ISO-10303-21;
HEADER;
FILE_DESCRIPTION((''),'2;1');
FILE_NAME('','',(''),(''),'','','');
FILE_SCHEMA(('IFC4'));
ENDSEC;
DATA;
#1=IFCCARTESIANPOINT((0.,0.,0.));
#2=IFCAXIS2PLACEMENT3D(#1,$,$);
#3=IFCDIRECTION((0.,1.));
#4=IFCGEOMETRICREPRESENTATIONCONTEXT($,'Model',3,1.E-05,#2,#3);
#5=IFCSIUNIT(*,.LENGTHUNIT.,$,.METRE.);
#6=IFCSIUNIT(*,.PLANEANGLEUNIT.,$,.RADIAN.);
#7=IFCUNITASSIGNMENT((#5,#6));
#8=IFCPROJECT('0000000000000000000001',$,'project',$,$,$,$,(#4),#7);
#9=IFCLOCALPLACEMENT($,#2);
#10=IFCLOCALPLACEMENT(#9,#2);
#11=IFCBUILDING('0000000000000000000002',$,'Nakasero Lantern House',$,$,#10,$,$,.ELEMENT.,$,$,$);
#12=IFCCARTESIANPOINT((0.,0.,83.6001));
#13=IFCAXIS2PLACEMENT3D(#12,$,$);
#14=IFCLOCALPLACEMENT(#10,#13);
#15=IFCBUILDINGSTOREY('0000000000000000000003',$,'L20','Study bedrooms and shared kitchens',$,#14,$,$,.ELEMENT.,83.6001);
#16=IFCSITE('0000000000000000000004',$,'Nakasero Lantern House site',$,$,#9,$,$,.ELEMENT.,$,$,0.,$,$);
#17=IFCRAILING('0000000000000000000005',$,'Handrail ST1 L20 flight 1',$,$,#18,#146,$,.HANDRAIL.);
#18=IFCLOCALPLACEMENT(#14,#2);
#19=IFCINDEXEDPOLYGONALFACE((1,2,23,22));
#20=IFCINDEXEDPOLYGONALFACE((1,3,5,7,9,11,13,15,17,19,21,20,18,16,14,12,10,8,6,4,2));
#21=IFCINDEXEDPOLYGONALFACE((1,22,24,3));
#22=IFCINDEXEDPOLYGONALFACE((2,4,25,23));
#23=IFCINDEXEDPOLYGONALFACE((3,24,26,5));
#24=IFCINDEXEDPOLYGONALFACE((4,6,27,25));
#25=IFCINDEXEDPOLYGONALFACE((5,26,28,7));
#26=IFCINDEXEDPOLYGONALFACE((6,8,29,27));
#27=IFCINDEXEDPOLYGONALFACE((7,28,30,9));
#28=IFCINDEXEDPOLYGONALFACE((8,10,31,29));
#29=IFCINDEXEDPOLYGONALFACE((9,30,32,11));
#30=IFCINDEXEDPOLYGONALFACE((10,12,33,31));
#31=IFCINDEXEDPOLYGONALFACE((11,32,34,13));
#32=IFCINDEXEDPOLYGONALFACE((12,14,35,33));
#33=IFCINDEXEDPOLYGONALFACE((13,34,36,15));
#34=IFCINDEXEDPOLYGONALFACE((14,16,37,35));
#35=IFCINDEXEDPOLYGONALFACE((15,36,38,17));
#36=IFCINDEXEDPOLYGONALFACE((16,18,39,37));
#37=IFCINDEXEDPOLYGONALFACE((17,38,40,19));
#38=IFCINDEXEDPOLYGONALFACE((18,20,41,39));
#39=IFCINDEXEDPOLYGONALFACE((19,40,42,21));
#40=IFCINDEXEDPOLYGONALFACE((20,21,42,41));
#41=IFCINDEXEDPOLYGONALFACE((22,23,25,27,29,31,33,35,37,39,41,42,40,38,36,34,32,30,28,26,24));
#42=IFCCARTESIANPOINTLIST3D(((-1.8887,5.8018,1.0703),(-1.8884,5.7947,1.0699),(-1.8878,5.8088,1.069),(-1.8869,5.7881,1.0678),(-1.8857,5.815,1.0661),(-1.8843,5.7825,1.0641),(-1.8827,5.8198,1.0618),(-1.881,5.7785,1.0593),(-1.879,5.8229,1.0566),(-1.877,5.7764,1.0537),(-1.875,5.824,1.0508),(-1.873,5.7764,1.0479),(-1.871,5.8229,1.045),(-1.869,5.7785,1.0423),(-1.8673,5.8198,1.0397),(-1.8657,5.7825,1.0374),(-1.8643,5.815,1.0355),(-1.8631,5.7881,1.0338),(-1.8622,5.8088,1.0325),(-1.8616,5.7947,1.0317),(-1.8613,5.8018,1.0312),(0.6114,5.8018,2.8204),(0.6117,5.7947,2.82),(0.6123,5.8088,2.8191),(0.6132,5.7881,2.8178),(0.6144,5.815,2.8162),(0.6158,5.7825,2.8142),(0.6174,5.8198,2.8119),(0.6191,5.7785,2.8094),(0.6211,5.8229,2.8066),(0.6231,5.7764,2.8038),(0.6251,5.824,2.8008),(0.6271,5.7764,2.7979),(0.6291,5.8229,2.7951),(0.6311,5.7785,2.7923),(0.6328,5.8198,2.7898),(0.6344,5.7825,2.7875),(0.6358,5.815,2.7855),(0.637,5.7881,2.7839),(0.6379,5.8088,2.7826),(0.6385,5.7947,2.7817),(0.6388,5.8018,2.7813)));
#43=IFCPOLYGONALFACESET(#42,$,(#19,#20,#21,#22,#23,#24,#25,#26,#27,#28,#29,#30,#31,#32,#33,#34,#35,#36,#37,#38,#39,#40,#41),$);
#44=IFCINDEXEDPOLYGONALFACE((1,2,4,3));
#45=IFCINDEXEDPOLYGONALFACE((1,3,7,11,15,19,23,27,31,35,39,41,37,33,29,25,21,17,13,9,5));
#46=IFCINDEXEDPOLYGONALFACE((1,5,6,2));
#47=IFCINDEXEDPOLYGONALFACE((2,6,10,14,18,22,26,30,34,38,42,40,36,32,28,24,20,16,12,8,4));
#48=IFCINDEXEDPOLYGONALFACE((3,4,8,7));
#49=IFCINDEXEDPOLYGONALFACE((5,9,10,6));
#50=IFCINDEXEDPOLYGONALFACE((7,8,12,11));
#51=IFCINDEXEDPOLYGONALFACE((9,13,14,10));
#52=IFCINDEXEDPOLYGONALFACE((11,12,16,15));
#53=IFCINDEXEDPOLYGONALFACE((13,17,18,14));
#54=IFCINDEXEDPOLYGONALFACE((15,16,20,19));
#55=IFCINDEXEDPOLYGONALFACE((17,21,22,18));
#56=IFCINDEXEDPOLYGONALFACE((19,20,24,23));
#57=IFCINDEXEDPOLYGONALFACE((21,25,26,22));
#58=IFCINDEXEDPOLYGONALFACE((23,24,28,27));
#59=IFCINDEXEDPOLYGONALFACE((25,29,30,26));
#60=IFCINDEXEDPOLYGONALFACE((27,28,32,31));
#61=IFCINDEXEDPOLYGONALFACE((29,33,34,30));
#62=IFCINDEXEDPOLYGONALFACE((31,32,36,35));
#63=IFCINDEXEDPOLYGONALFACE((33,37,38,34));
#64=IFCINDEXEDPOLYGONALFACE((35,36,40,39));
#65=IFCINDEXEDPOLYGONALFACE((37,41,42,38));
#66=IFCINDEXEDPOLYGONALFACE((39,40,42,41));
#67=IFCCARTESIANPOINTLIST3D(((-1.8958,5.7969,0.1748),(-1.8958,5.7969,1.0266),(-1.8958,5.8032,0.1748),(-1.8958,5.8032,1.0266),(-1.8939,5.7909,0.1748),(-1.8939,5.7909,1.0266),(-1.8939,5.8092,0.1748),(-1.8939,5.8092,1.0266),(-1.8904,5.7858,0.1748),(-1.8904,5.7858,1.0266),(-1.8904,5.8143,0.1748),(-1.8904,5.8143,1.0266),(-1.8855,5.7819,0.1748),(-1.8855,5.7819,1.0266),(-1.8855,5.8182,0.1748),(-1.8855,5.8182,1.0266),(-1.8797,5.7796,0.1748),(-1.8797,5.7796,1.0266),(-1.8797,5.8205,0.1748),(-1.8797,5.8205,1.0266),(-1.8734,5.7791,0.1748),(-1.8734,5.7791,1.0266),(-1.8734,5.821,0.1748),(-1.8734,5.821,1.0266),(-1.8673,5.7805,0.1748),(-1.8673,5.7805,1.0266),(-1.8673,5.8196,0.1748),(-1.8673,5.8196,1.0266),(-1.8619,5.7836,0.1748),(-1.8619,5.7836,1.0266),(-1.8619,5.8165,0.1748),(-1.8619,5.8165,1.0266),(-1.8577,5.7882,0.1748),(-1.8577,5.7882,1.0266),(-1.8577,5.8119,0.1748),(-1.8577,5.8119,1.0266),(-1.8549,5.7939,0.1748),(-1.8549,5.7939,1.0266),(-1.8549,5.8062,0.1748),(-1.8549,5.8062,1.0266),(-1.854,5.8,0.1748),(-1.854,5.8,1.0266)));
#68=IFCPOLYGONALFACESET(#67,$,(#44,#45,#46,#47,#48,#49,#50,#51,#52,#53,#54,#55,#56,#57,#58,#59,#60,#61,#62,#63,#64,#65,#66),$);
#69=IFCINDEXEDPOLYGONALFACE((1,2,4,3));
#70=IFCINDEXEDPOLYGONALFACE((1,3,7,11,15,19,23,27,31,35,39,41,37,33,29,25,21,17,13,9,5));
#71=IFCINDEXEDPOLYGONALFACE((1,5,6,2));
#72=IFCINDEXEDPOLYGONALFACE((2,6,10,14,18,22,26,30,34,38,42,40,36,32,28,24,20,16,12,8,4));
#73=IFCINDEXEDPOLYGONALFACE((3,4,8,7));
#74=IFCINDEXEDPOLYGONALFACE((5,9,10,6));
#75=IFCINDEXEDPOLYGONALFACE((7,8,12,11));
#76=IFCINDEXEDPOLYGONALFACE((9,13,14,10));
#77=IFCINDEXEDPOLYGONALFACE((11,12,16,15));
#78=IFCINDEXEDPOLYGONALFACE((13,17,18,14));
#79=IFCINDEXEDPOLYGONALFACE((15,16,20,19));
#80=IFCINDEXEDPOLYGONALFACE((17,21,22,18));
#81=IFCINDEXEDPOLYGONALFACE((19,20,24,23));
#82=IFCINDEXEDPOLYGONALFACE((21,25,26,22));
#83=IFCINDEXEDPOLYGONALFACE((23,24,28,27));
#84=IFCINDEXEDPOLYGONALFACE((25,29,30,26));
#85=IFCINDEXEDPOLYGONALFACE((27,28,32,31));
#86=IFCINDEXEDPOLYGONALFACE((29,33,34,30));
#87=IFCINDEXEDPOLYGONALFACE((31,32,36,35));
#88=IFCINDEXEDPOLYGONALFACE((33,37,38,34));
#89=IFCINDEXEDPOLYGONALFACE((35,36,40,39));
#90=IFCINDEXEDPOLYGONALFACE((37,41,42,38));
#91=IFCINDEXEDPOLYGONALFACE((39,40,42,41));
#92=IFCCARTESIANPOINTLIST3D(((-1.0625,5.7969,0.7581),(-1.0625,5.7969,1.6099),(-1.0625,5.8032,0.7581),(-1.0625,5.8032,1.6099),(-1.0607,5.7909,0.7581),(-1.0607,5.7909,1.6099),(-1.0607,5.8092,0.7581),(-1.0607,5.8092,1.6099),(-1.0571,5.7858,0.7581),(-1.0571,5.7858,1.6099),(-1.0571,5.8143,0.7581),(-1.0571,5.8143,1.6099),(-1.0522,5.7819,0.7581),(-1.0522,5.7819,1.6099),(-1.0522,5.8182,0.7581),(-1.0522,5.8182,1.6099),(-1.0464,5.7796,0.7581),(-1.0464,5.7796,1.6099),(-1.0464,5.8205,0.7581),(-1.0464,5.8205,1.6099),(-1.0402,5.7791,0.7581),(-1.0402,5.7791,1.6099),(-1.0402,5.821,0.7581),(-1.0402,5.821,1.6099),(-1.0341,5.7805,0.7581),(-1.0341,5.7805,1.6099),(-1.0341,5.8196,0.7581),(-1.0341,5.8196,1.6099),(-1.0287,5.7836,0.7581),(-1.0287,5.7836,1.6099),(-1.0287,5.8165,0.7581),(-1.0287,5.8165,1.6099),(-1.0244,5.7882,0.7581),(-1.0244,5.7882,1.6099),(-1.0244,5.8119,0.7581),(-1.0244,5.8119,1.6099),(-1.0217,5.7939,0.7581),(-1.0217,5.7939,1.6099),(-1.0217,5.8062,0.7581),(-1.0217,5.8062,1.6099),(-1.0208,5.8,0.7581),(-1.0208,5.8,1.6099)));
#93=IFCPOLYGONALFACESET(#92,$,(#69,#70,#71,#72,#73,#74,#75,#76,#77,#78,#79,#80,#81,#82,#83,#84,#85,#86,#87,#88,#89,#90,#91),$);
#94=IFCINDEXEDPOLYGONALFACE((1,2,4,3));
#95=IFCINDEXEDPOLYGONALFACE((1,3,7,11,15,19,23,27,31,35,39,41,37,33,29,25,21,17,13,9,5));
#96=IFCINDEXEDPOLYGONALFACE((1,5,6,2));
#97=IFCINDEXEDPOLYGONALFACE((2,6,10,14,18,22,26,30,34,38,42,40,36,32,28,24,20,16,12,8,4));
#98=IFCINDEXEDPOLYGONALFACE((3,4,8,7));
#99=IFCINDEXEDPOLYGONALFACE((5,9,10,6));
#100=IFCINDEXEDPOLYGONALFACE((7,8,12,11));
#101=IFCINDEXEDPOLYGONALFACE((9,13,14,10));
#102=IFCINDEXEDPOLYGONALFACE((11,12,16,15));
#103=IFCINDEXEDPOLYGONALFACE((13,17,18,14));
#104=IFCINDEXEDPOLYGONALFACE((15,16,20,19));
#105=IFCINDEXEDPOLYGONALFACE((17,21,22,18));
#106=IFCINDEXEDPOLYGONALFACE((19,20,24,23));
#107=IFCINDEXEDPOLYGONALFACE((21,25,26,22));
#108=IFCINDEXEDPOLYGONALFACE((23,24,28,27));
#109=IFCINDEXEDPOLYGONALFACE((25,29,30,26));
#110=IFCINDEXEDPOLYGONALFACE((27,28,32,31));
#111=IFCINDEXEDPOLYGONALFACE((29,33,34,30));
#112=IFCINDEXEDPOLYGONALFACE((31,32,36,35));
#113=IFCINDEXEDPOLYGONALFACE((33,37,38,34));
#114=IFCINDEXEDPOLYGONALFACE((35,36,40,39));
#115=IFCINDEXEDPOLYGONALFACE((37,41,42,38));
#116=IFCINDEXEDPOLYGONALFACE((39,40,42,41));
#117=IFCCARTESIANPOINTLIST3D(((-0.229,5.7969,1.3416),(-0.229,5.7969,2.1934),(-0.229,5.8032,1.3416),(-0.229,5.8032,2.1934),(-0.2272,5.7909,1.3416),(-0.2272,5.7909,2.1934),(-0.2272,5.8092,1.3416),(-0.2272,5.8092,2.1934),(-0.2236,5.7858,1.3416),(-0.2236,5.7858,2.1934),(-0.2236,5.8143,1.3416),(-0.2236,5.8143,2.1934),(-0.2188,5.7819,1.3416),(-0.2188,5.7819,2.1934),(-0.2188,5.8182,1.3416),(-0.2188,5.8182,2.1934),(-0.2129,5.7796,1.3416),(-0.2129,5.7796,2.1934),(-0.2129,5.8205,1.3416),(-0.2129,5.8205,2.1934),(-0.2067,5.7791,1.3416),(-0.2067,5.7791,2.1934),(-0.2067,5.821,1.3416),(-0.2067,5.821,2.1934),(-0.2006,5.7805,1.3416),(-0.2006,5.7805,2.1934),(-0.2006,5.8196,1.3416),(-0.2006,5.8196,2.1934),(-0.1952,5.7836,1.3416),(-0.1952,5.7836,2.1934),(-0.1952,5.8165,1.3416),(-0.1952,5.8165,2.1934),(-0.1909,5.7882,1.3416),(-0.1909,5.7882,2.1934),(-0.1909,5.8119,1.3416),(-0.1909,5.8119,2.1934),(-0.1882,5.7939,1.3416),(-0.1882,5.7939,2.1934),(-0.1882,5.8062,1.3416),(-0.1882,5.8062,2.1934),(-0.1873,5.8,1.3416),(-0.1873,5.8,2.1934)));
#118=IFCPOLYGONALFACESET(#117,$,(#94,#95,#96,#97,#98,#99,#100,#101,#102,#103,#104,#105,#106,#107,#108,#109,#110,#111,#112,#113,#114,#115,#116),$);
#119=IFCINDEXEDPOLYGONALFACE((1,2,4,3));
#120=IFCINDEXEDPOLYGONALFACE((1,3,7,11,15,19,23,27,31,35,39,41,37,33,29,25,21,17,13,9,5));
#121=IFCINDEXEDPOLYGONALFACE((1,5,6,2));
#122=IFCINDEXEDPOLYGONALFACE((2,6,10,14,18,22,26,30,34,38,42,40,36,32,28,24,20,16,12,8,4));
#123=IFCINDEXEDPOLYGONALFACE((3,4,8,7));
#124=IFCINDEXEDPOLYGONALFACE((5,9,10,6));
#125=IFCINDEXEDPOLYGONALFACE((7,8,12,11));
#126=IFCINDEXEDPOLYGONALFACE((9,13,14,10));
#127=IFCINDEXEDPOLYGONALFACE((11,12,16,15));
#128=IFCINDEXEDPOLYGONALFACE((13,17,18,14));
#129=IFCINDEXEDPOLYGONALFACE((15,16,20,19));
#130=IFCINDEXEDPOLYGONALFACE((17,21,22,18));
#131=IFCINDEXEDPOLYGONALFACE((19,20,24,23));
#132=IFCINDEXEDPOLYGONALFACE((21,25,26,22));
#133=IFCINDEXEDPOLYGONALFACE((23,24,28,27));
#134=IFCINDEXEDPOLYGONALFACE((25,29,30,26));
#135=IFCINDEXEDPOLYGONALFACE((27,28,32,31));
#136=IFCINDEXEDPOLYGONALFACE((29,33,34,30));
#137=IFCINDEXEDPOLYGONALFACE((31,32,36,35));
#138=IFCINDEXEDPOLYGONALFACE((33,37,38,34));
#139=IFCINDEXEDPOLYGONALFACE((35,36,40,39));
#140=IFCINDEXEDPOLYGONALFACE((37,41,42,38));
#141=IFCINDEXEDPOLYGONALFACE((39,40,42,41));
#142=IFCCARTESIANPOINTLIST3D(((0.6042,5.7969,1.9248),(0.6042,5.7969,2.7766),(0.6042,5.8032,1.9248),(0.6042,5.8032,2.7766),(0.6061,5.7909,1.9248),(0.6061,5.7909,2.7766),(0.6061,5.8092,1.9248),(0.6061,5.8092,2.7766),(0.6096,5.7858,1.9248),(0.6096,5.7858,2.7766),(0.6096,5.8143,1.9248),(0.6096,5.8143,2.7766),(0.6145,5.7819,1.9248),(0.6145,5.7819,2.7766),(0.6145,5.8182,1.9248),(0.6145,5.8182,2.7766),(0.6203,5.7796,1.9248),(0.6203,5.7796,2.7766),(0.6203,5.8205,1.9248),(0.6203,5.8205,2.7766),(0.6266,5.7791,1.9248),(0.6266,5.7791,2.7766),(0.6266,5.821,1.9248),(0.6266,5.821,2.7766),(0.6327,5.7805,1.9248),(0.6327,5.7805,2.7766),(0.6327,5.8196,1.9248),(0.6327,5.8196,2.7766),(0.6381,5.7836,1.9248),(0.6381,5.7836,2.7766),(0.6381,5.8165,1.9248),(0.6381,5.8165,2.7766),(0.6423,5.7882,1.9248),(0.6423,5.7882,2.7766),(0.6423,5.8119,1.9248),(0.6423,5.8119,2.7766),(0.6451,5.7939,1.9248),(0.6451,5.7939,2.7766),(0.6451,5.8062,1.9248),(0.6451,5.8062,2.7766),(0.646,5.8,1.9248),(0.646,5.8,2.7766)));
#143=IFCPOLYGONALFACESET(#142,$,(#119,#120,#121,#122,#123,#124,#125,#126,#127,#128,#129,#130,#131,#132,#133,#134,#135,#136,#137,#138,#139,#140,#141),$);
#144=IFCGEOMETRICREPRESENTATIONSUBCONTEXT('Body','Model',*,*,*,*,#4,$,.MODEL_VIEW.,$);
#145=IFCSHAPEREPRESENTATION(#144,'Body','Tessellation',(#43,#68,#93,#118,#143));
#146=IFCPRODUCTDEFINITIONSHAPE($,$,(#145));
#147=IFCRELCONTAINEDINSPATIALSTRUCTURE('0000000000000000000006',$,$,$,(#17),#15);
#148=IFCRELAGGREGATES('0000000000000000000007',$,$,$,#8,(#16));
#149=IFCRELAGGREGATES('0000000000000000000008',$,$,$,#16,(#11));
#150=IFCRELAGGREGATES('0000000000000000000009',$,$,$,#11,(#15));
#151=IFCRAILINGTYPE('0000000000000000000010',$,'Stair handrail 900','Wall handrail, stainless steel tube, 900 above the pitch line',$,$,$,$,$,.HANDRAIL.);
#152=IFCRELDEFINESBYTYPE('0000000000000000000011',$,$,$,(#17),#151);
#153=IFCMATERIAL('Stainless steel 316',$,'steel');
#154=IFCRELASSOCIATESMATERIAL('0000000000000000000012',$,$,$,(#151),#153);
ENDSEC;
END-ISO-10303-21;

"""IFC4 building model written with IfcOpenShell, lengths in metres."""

from ifc_helpers import new_model, si_unit, direction, frame, origin, origin_2d, place, context, subcontext, project, spatial, circle, extrude, material, type_object, element, save


model = new_model("IFC4")

# Units and contexts
model_context = context("Model", 3, precision=1e-05, world=origin(), true_north=direction((0.0, 1.0)))
body_context = subcontext(model_context, "Body", "Model", "MODEL_VIEW")
ifc_project = project(units=[si_unit("LENGTHUNIT", "METRE"), si_unit("PLANEANGLEUNIT", "RADIAN")], contexts=[model_context])

# Site, building, storey
site_placement = place(None, origin())
site = spatial("IfcSite", under=ifc_project, at=site_placement, Name="Nakasero Lantern House site", CompositionType="ELEMENT", RefElevation=0.0)
building_placement = place(site_placement, origin())
building = spatial("IfcBuilding", under=site, at=building_placement, Name="Nakasero Lantern House", CompositionType="ELEMENT")
storey_placement = place(building_placement, frame((0.0, 0.0, 83.6001)))
storey = spatial("IfcBuildingStorey", under=building, at=storey_placement, Name="L20", Description="Study bedrooms and shared kitchens", CompositionType="ELEMENT", Elevation=83.6001)

# Railing
ifc_material_1 = material(Name="Stainless steel 316", Category="steel")
railing_type = type_object("IfcRailingType", Name="Stair handrail 900", Description="Wall handrail, stainless steel tube, 900 above the pitch line", PredefinedType="HANDRAIL", material=ifc_material_1)
railing_placement = place(storey_placement, frame((-1.875, 5.8, 0.1748)))
element("IfcRailing", 1, at=railing_placement, inside=storey, type_object=railing_type, Name="Handrail ST1 L20 flight 1", PredefinedType="HANDRAIL", context=body_context, shape_type="SweptSolid", body=[
    extrude(circle(Radius=0.0239, at=origin_2d()), frame((0.0, 0.0, 0.876), z_axis=(0.819232, 0.0, 0.573462), x_axis=(0.0, 1.0, 0.0)), (0.0, 0.0, 1.0), 3.0518),
    extrude(circle(Radius=0.021, at=origin_2d()), origin(), (0.0, 0.0, 1.0), 0.8518),
    extrude(circle(Radius=0.021, at=origin_2d()), frame((0.8333, 0.0, 0.5833)), (0.0, 0.0, 1.0), 0.8518),
    extrude(circle(Radius=0.021, at=origin_2d()), frame((1.6667, 0.0, 1.1667)), (0.0, 0.0, 1.0), 0.8518),
    extrude(circle(Radius=0.021, at=origin_2d()), frame((2.5, 0.0, 1.75)), (0.0, 0.0, 1.0), 0.8518),
])

save(model, "model.ifc")
